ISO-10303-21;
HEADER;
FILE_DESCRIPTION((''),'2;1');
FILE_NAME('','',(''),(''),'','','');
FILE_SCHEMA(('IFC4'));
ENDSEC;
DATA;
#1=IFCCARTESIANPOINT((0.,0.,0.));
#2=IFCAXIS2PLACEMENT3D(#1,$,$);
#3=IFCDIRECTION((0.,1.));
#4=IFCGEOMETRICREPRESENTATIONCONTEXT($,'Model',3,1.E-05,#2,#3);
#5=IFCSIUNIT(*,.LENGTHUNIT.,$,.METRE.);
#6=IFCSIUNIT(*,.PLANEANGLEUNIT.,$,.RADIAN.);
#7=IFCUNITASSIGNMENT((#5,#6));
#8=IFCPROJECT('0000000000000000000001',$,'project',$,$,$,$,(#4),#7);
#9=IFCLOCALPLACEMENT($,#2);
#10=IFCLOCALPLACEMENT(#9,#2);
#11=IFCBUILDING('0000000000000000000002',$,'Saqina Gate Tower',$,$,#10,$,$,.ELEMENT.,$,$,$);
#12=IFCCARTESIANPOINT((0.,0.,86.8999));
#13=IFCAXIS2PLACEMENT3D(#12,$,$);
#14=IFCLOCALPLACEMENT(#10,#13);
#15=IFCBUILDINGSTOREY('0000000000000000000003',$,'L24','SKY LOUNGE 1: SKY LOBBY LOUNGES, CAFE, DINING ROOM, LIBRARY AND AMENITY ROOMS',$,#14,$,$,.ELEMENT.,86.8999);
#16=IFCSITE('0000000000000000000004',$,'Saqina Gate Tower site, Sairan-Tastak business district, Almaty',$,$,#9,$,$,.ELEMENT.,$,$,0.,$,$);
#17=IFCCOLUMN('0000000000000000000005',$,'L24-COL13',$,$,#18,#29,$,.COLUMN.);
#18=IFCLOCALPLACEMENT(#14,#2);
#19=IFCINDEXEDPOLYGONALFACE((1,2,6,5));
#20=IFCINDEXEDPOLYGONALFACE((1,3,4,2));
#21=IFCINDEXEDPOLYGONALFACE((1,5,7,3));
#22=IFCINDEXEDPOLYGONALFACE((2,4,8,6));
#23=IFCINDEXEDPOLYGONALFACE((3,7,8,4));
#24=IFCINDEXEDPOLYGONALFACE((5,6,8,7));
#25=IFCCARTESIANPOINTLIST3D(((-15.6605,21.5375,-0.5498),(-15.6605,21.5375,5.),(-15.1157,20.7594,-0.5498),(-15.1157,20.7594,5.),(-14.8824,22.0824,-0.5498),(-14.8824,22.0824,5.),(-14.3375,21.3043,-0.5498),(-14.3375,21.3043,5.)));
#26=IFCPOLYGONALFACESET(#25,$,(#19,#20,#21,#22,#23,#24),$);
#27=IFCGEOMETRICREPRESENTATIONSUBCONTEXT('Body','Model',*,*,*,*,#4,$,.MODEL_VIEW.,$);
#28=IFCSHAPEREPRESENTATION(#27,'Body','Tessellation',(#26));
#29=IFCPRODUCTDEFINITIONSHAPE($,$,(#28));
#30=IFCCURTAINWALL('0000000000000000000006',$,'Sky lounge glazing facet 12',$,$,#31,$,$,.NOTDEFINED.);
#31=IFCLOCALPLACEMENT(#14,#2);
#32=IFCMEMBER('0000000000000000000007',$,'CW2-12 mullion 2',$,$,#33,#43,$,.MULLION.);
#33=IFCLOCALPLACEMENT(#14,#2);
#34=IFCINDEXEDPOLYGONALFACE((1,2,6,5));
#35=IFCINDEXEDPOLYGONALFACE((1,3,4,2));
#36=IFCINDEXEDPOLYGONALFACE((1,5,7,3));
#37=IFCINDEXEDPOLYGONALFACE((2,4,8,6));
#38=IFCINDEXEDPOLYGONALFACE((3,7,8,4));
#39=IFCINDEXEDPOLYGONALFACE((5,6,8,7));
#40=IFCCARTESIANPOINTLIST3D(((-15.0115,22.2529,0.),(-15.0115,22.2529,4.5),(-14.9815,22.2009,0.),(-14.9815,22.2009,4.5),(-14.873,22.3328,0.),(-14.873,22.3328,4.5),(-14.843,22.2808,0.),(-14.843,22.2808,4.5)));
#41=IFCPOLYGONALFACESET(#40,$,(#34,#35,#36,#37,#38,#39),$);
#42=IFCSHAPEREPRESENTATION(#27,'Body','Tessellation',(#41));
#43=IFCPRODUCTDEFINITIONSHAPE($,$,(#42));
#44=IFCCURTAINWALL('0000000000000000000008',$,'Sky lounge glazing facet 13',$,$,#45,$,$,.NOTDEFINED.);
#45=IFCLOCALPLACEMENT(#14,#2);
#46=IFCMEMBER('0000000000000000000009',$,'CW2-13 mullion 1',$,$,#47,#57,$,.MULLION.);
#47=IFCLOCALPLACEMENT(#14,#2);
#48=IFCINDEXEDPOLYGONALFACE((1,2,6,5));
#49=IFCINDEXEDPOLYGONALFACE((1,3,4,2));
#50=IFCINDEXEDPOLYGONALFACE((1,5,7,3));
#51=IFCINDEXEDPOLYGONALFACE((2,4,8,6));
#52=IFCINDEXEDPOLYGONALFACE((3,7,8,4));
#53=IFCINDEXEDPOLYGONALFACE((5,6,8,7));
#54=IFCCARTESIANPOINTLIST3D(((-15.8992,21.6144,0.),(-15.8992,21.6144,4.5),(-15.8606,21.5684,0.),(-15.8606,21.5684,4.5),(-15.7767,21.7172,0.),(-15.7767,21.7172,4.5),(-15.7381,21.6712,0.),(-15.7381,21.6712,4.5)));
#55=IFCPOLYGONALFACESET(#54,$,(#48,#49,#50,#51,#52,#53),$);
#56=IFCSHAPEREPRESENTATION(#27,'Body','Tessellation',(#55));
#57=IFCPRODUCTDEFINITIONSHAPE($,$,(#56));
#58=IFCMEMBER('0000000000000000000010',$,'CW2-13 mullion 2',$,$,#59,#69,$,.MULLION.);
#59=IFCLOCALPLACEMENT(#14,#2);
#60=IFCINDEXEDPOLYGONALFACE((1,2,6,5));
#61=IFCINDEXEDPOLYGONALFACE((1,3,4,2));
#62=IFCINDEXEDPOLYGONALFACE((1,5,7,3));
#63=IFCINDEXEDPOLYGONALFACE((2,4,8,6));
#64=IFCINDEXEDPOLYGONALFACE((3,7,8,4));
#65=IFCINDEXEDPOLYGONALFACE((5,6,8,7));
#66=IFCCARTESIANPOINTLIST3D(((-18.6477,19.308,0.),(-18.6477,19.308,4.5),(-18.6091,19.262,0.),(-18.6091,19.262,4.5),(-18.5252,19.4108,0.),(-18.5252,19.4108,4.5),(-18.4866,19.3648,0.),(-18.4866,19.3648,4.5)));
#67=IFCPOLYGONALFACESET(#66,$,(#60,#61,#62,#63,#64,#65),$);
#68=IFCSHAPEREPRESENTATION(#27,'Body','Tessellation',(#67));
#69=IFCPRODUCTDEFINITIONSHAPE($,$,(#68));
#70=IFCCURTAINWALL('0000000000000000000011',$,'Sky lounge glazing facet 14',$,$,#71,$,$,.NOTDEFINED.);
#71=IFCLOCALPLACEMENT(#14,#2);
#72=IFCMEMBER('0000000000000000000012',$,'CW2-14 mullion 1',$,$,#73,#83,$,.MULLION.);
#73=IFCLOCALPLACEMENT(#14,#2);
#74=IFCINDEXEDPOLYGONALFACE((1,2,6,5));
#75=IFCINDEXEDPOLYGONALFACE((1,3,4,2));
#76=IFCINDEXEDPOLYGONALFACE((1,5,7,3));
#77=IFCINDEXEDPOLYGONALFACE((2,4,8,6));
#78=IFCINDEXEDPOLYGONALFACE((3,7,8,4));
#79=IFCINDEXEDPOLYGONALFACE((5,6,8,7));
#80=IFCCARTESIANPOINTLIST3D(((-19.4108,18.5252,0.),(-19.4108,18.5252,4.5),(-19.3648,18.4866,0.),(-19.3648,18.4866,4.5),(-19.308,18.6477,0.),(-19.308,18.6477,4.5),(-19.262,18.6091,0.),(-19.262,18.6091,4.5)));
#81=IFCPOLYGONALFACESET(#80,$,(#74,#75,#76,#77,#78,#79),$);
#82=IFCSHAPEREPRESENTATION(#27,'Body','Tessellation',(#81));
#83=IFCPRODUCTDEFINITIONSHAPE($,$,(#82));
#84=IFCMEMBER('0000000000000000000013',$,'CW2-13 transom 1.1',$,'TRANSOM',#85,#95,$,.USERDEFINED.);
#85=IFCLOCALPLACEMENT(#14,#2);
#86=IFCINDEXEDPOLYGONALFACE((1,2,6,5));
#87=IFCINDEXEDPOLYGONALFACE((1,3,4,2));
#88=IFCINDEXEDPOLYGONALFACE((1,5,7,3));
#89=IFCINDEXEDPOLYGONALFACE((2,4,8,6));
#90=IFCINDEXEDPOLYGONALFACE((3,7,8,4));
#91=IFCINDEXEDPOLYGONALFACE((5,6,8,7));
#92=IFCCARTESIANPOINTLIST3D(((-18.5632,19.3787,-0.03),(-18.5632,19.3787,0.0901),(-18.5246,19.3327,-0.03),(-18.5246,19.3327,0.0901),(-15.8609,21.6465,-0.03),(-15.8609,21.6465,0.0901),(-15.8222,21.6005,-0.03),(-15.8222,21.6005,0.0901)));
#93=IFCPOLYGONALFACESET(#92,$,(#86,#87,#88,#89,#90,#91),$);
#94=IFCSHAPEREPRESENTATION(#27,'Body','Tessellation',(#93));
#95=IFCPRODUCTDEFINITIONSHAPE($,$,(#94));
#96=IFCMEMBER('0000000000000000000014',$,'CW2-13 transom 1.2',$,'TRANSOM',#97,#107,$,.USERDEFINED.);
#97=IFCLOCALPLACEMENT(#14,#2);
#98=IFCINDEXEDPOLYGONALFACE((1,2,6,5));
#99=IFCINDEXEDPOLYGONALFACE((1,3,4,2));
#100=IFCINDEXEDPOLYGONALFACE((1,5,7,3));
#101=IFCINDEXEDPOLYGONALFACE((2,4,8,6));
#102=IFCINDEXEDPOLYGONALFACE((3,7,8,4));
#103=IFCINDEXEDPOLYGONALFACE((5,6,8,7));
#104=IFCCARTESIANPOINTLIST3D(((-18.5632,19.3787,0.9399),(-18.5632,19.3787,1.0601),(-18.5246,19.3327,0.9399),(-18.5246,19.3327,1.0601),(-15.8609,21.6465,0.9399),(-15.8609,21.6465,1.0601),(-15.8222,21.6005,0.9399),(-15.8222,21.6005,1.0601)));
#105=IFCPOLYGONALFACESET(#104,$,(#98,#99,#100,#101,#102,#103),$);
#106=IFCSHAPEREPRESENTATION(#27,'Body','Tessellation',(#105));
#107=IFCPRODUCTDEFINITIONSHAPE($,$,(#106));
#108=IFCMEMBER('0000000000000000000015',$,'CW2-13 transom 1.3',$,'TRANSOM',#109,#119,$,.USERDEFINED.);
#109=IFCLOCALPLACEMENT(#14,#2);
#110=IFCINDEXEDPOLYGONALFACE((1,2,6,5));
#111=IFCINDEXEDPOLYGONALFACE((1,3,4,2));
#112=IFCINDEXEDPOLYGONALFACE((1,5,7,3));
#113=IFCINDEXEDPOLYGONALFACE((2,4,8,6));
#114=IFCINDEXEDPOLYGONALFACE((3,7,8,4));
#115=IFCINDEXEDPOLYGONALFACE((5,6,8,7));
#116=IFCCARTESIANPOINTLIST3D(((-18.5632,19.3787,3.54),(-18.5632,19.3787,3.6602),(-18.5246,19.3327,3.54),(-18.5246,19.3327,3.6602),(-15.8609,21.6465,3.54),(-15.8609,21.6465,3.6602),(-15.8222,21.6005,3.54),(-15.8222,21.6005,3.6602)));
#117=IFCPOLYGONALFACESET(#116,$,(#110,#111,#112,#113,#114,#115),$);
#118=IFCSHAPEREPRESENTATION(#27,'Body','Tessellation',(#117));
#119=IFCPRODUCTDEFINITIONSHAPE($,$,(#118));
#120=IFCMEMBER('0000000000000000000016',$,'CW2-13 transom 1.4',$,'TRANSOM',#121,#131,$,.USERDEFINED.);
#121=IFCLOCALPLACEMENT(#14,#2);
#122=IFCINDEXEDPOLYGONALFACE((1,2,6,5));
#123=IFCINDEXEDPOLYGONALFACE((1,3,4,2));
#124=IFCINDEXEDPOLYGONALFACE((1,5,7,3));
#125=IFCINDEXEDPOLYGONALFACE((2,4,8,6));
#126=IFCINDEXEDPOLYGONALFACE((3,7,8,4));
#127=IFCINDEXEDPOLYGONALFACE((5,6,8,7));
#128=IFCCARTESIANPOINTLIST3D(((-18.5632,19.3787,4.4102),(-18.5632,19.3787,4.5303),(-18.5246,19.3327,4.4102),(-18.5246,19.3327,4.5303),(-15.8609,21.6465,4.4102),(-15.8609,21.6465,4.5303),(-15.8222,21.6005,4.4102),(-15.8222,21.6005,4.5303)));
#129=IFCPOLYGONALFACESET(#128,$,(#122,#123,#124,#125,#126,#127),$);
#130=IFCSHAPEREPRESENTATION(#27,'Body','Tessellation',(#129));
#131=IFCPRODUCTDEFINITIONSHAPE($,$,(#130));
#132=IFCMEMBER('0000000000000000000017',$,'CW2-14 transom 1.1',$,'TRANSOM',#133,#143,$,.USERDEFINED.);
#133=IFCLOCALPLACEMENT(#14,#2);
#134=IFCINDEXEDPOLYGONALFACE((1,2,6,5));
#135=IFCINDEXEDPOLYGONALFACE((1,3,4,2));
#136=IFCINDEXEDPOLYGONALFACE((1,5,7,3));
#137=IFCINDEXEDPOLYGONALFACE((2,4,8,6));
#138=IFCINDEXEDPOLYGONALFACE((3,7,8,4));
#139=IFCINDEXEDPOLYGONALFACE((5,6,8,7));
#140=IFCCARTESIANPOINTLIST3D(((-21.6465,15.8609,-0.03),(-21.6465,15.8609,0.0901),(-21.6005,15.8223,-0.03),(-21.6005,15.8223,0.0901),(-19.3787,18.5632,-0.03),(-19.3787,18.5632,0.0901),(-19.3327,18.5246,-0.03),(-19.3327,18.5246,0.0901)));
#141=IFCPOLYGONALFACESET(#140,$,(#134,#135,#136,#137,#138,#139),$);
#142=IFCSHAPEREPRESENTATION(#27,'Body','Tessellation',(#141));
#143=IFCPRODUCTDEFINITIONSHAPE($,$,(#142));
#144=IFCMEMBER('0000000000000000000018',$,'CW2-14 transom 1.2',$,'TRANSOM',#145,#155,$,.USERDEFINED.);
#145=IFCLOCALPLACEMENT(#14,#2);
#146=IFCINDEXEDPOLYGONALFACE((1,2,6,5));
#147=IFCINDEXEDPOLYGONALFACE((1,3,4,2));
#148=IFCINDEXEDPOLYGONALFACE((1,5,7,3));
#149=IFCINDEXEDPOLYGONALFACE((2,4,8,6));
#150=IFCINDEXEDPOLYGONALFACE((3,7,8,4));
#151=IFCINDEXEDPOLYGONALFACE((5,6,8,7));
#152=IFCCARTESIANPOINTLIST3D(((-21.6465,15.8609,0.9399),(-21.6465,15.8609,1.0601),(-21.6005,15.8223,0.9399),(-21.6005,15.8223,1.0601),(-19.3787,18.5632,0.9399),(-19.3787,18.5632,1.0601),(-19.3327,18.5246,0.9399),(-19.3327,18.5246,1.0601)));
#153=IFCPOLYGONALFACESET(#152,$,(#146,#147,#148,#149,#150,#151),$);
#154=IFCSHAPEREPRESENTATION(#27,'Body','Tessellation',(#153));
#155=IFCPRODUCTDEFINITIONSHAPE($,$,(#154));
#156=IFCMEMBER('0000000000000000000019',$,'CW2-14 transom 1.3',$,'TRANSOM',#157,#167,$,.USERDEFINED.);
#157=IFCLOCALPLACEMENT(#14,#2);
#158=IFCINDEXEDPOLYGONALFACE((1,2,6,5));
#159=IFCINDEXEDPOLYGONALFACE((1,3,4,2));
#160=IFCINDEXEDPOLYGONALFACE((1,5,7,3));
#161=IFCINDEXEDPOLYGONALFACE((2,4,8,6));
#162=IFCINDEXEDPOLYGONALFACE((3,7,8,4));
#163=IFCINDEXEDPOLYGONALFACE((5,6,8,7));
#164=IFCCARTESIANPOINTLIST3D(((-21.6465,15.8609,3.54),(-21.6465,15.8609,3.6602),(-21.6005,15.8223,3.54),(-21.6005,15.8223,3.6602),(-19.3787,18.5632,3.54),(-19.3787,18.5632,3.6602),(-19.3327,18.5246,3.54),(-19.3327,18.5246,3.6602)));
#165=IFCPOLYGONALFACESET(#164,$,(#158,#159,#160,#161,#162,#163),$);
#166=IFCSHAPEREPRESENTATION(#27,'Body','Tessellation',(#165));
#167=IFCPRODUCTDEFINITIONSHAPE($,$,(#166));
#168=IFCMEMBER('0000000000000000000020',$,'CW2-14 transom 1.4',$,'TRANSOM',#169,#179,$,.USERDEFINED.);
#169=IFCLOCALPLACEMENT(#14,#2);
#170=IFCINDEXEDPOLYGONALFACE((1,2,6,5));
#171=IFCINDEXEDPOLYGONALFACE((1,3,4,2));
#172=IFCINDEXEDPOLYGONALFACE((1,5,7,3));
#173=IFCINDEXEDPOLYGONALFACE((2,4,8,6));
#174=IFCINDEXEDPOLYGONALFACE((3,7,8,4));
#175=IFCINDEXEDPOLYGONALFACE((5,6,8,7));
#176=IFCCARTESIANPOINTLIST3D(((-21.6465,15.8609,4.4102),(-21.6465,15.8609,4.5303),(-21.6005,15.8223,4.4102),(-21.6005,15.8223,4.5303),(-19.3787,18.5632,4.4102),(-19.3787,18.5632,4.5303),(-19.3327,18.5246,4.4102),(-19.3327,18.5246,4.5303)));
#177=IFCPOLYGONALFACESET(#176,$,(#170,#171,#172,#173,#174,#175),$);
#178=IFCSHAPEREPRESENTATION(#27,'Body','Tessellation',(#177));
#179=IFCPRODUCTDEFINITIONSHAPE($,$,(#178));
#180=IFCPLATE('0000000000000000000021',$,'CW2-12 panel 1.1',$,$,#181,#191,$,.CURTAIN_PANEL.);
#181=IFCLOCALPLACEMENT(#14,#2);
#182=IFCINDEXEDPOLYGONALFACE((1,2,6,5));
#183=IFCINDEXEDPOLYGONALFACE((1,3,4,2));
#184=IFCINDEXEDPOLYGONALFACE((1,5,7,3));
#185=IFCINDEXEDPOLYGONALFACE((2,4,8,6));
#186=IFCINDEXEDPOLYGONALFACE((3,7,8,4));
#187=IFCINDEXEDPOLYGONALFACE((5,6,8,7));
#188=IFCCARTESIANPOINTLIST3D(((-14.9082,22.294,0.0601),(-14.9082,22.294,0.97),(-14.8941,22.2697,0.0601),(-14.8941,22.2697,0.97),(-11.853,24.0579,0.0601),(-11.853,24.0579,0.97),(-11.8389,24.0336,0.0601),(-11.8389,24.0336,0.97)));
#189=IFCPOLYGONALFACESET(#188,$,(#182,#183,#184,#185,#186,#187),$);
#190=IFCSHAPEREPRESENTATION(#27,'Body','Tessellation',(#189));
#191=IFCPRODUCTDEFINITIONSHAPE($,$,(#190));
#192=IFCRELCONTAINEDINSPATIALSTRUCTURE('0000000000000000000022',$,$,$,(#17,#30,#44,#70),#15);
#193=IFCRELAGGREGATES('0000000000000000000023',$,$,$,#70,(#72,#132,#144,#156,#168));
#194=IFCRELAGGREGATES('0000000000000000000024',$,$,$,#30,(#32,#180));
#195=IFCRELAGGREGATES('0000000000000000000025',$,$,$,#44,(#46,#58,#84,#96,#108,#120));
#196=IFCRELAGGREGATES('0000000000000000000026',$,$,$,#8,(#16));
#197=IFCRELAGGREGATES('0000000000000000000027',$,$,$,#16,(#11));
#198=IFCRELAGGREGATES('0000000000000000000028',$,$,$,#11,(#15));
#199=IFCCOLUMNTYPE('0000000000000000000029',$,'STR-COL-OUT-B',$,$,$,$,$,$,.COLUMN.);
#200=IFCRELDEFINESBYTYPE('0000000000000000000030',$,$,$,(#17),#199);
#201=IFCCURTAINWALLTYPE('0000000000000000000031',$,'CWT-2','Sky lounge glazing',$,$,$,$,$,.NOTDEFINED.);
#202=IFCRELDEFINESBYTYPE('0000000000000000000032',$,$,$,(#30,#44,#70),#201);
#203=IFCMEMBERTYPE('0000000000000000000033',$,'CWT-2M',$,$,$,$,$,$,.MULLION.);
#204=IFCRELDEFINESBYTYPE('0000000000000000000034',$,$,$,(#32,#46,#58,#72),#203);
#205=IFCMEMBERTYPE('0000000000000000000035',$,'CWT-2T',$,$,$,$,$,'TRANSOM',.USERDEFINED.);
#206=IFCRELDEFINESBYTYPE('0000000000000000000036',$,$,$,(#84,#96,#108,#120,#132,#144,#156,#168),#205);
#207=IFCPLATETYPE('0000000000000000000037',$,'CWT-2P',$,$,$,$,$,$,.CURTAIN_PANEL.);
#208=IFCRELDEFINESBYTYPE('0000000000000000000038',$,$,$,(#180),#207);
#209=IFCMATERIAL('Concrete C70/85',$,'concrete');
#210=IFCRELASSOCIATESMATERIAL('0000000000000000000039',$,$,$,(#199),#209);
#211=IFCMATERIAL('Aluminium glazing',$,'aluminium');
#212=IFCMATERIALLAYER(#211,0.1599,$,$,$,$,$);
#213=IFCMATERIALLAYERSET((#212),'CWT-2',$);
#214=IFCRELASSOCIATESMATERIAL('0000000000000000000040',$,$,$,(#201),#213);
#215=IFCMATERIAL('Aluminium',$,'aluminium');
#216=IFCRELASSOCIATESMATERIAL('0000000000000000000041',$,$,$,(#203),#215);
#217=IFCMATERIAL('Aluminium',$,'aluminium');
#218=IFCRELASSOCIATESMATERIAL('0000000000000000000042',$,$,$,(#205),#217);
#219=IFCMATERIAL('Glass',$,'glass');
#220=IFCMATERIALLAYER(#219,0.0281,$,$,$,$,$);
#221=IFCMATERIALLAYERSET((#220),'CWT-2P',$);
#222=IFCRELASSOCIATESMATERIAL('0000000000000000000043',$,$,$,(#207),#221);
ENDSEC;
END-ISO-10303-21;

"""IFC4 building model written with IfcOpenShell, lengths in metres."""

from ifc_helpers import new_model, si_unit, direction, frame, origin, origin_2d, place, context, subcontext, project, spatial, rectangle, extrude, material, layer, layer_set, material_profile, profile_set, type_object, element, aggregate, save


model = new_model("IFC4")

# Units and contexts
model_context = context("Model", 3, precision=1e-05, world=origin(), true_north=direction((0.0, 1.0)))
body_context = subcontext(model_context, "Body", "Model", "MODEL_VIEW")
ifc_project = project(units=[si_unit("LENGTHUNIT", "METRE"), si_unit("PLANEANGLEUNIT", "RADIAN")], contexts=[model_context])

# Site, building, storey
site_placement = place(None, origin())
site = spatial("IfcSite", under=ifc_project, at=site_placement, Name="Saqina Gate Tower site, Sairan-Tastak business district, Almaty", CompositionType="ELEMENT", RefElevation=0.0)
building_placement = place(site_placement, origin())
building = spatial("IfcBuilding", under=site, at=building_placement, Name="Saqina Gate Tower", CompositionType="ELEMENT")
storey_placement = place(building_placement, frame((0.0, 0.0, 86.8999)))
storey = spatial("IfcBuildingStorey", under=building, at=storey_placement, Name="L24", Description="SKY LOUNGE 1: SKY LOBBY LOUNGES, CAFE, DINING ROOM, LIBRARY AND AMENITY ROOMS", CompositionType="ELEMENT", Elevation=86.8999)

# Column
ifc_material_1 = material(Name="Concrete C70/85", Category="concrete")
ifc_material_profile_1 = material_profile(ifc_material_1, rectangle(XDim=0.95, YDim=0.95, at=origin_2d()), Name="RC 950x950")
ifc_profile_set_1 = profile_set([ifc_material_profile_1], Name="Concrete C70/85")
column_type = type_object("IfcColumnType", Name="STR-COL-OUT-B", PredefinedType="COLUMN", material=ifc_profile_set_1)
column_placement = place(storey_placement, frame((-14.999, 21.4209, -0.5498), z_axis=(0.0, 0.0, 1.0), x_axis=(-0.573576, 0.819152, 0.0)))
element("IfcColumn", 1, at=column_placement, inside=storey, type_object=column_type, Name="L24-COL13", PredefinedType="COLUMN", context=body_context, shape_type="SweptSolid", body=[
    extrude(rectangle(XDim=0.95, YDim=0.95, at=origin_2d()), origin(), (0.0, 0.0, 1.0), 5.5498),
])

# Curtain wall, member
ifc_material_2 = material(Name="Aluminium glazing", Category="aluminium")
ifc_layer_1 = layer(ifc_material_2, 0.1599)
ifc_layer_set_1 = layer_set([ifc_layer_1], Name="CWT-2")
curtain_wall_type = type_object("IfcCurtainWallType", Name="CWT-2", Description="Sky lounge glazing", PredefinedType="NOTDEFINED", material=ifc_layer_set_1)
curtain_wall_1_placement = place(storey_placement, origin())
curtain_wall_1 = element("IfcCurtainWall", 2, at=curtain_wall_1_placement, inside=storey, type_object=curtain_wall_type, Name="Sky lounge glazing facet 12", PredefinedType="NOTDEFINED")
ifc_material_3 = material(Name="Aluminium", Category="aluminium")
ifc_material_profile_2 = material_profile(ifc_material_3, rectangle(XDim=0.0601, YDim=0.1599, at=origin_2d()), Name="Aluminium 60x160")
ifc_profile_set_2 = profile_set([ifc_material_profile_2], Name="Aluminium")
member_type_1 = type_object("IfcMemberType", Name="CWT-2M", PredefinedType="MULLION", material=ifc_profile_set_2)
member_1_placement = place(storey_placement, frame((-14.9272, 22.2668, 0.0), z_axis=(0.0, 0.0, 1.0), x_axis=(0.499999, -0.866026, 0.0)))
member_1 = element("IfcMember", 3, at=member_1_placement, type_object=member_type_1, Name="CW2-12 mullion 2", PredefinedType="MULLION", context=body_context, shape_type="SweptSolid", body=[
    extrude(rectangle(XDim=0.0601, YDim=0.1599, at=origin_2d()), origin(), (0.0, 0.0, 1.0), 4.5),
])

# Curtain wall, members
curtain_wall_2_placement = place(storey_placement, origin())
curtain_wall_2 = element("IfcCurtainWall", 4, at=curtain_wall_2_placement, inside=storey, type_object=curtain_wall_type, Name="Sky lounge glazing facet 13", PredefinedType="NOTDEFINED")
member_2_placement = place(storey_placement, frame((-15.8186, 21.6428, 0.0), z_axis=(0.0, 0.0, 1.0), x_axis=(0.642791, -0.766042, 0.0)))
member_2 = element("IfcMember", 5, at=member_2_placement, type_object=member_type_1, Name="CW2-13 mullion 1", PredefinedType="MULLION", context=body_context, shape_type="SweptSolid", body=[
    extrude(rectangle(XDim=0.0601, YDim=0.1599, at=origin_2d()), origin(), (0.0, 0.0, 1.0), 4.5),
])
member_3_placement = place(storey_placement, frame((-18.5671, 19.3364, 0.0), z_axis=(0.0, 0.0, 1.0), x_axis=(0.642791, -0.766042, 0.0)))
member_3 = element("IfcMember", 6, at=member_3_placement, type_object=member_type_1, Name="CW2-13 mullion 2", PredefinedType="MULLION", context=body_context, shape_type="SweptSolid", body=[
    extrude(rectangle(XDim=0.0601, YDim=0.1599, at=origin_2d()), origin(), (0.0, 0.0, 1.0), 4.5),
])

# Curtain wall, member
curtain_wall_3_placement = place(storey_placement, origin())
curtain_wall_3 = element("IfcCurtainWall", 7, at=curtain_wall_3_placement, inside=storey, type_object=curtain_wall_type, Name="Sky lounge glazing facet 14", PredefinedType="NOTDEFINED")
member_4_placement = place(storey_placement, frame((-19.3364, 18.5671, 0.0), z_axis=(0.0, 0.0, 1.0), x_axis=(0.766042, -0.642791, 0.0)))
member_4 = element("IfcMember", 8, at=member_4_placement, type_object=member_type_1, Name="CW2-14 mullion 1", PredefinedType="MULLION", context=body_context, shape_type="SweptSolid", body=[
    extrude(rectangle(XDim=0.0601, YDim=0.1599, at=origin_2d()), origin(), (0.0, 0.0, 1.0), 4.5),
])

# Members
ifc_material_4 = material(Name="Aluminium", Category="aluminium")
ifc_material_profile_3 = material_profile(ifc_material_4, rectangle(XDim=0.0601, YDim=0.1201, at=origin_2d()), Name="Aluminium 60x120")
ifc_profile_set_3 = profile_set([ifc_material_profile_3], Name="Aluminium")
member_type_2 = type_object("IfcMemberType", Name="CWT-2T", ElementType="TRANSOM", PredefinedType="USERDEFINED", material=ifc_profile_set_3)
member_5_placement = place(storey_placement, frame((-15.8416, 21.6235, 0.03), z_axis=(-0.76601, -0.642828, 0.0), x_axis=(0.642828, -0.76601, 0.0)))
member_5 = element("IfcMember", 9, at=member_5_placement, type_object=member_type_2, Name="CW2-13 transom 1.1", ObjectType="TRANSOM", PredefinedType="USERDEFINED", context=body_context, shape_type="SweptSolid", body=[
    extrude(rectangle(XDim=0.0601, YDim=0.1201, at=origin_2d()), origin(), (0.0, 0.0, 1.0), 3.5278),
])
member_6_placement = place(storey_placement, frame((-15.8416, 21.6235, 1.0), z_axis=(-0.76601, -0.642828, 0.0), x_axis=(0.642828, -0.76601, 0.0)))
member_6 = element("IfcMember", 10, at=member_6_placement, type_object=member_type_2, Name="CW2-13 transom 1.2", ObjectType="TRANSOM", PredefinedType="USERDEFINED", context=body_context, shape_type="SweptSolid", body=[
    extrude(rectangle(XDim=0.0601, YDim=0.1201, at=origin_2d()), origin(), (0.0, 0.0, 1.0), 3.5278),
])
member_7_placement = place(storey_placement, frame((-15.8416, 21.6235, 3.6001), z_axis=(-0.76601, -0.642828, 0.0), x_axis=(0.642828, -0.76601, 0.0)))
member_7 = element("IfcMember", 11, at=member_7_placement, type_object=member_type_2, Name="CW2-13 transom 1.3", ObjectType="TRANSOM", PredefinedType="USERDEFINED", context=body_context, shape_type="SweptSolid", body=[
    extrude(rectangle(XDim=0.0601, YDim=0.1201, at=origin_2d()), origin(), (0.0, 0.0, 1.0), 3.5278),
])
member_8_placement = place(storey_placement, frame((-15.8416, 21.6235, 4.4702), z_axis=(-0.76601, -0.642828, 0.0), x_axis=(0.642828, -0.76601, 0.0)))
member_8 = element("IfcMember", 12, at=member_8_placement, type_object=member_type_2, Name="CW2-13 transom 1.4", ObjectType="TRANSOM", PredefinedType="USERDEFINED", context=body_context, shape_type="SweptSolid", body=[
    extrude(rectangle(XDim=0.0601, YDim=0.1201, at=origin_2d()), origin(), (0.0, 0.0, 1.0), 3.5278),
])
member_9_placement = place(storey_placement, frame((-19.3557, 18.5439, 0.03), z_axis=(-0.642828, -0.76601, 0.0), x_axis=(0.76601, -0.642828, 0.0)))
member_9 = element("IfcMember", 13, at=member_9_placement, type_object=member_type_2, Name="CW2-14 transom 1.1", ObjectType="TRANSOM", PredefinedType="USERDEFINED", context=body_context, shape_type="SweptSolid", body=[
    extrude(rectangle(XDim=0.0601, YDim=0.1201, at=origin_2d()), origin(), (0.0, 0.0, 1.0), 3.5278),
])
member_10_placement = place(storey_placement, frame((-19.3557, 18.5439, 1.0), z_axis=(-0.642828, -0.76601, 0.0), x_axis=(0.76601, -0.642828, 0.0)))
member_10 = element("IfcMember", 14, at=member_10_placement, type_object=member_type_2, Name="CW2-14 transom 1.2", ObjectType="TRANSOM", PredefinedType="USERDEFINED", context=body_context, shape_type="SweptSolid", body=[
    extrude(rectangle(XDim=0.0601, YDim=0.1201, at=origin_2d()), origin(), (0.0, 0.0, 1.0), 3.5278),
])
member_11_placement = place(storey_placement, frame((-19.3557, 18.5439, 3.6001), z_axis=(-0.642828, -0.76601, 0.0), x_axis=(0.76601, -0.642828, 0.0)))
member_11 = element("IfcMember", 15, at=member_11_placement, type_object=member_type_2, Name="CW2-14 transom 1.3", ObjectType="TRANSOM", PredefinedType="USERDEFINED", context=body_context, shape_type="SweptSolid", body=[
    extrude(rectangle(XDim=0.0601, YDim=0.1201, at=origin_2d()), origin(), (0.0, 0.0, 1.0), 3.5278),
])
member_12_placement = place(storey_placement, frame((-19.3557, 18.5439, 4.4702), z_axis=(-0.642828, -0.76601, 0.0), x_axis=(0.76601, -0.642828, 0.0)))
member_12 = element("IfcMember", 16, at=member_12_placement, type_object=member_type_2, Name="CW2-14 transom 1.4", ObjectType="TRANSOM", PredefinedType="USERDEFINED", context=body_context, shape_type="SweptSolid", body=[
    extrude(rectangle(XDim=0.0601, YDim=0.1201, at=origin_2d()), origin(), (0.0, 0.0, 1.0), 3.5278),
])
aggregate(curtain_wall_3, [member_4, member_9, member_10, member_11, member_12])

# Plate
ifc_material_5 = material(Name="Glass", Category="glass")
ifc_layer_2 = layer(ifc_material_5, 0.0281)
ifc_layer_set_2 = layer_set([ifc_layer_2], Name="CWT-2P")
plate_type = type_object("IfcPlateType", Name="CWT-2P", PredefinedType="CURTAIN_PANEL", material=ifc_layer_set_2)
plate_1_placement = place(storey_placement, frame((-13.3735, 23.1638, 0.0601), z_axis=(0.0, 0.0, 1.0), x_axis=(-0.866026, -0.499999, 0.0)))
plate_1 = element("IfcPlate", 17, at=plate_1_placement, type_object=plate_type, Name="CW2-12 panel 1.1", PredefinedType="CURTAIN_PANEL", context=body_context, shape_type="SweptSolid", body=[
    extrude(rectangle(XDim=3.5278, YDim=0.0281, at=origin_2d()), origin(), (0.0, 0.0, 1.0), 0.9099),
])
aggregate(curtain_wall_1, [member_1, plate_1])
aggregate(curtain_wall_2, [member_2, member_3, member_5, member_6, member_7, member_8])

save(model, "model.ifc")
